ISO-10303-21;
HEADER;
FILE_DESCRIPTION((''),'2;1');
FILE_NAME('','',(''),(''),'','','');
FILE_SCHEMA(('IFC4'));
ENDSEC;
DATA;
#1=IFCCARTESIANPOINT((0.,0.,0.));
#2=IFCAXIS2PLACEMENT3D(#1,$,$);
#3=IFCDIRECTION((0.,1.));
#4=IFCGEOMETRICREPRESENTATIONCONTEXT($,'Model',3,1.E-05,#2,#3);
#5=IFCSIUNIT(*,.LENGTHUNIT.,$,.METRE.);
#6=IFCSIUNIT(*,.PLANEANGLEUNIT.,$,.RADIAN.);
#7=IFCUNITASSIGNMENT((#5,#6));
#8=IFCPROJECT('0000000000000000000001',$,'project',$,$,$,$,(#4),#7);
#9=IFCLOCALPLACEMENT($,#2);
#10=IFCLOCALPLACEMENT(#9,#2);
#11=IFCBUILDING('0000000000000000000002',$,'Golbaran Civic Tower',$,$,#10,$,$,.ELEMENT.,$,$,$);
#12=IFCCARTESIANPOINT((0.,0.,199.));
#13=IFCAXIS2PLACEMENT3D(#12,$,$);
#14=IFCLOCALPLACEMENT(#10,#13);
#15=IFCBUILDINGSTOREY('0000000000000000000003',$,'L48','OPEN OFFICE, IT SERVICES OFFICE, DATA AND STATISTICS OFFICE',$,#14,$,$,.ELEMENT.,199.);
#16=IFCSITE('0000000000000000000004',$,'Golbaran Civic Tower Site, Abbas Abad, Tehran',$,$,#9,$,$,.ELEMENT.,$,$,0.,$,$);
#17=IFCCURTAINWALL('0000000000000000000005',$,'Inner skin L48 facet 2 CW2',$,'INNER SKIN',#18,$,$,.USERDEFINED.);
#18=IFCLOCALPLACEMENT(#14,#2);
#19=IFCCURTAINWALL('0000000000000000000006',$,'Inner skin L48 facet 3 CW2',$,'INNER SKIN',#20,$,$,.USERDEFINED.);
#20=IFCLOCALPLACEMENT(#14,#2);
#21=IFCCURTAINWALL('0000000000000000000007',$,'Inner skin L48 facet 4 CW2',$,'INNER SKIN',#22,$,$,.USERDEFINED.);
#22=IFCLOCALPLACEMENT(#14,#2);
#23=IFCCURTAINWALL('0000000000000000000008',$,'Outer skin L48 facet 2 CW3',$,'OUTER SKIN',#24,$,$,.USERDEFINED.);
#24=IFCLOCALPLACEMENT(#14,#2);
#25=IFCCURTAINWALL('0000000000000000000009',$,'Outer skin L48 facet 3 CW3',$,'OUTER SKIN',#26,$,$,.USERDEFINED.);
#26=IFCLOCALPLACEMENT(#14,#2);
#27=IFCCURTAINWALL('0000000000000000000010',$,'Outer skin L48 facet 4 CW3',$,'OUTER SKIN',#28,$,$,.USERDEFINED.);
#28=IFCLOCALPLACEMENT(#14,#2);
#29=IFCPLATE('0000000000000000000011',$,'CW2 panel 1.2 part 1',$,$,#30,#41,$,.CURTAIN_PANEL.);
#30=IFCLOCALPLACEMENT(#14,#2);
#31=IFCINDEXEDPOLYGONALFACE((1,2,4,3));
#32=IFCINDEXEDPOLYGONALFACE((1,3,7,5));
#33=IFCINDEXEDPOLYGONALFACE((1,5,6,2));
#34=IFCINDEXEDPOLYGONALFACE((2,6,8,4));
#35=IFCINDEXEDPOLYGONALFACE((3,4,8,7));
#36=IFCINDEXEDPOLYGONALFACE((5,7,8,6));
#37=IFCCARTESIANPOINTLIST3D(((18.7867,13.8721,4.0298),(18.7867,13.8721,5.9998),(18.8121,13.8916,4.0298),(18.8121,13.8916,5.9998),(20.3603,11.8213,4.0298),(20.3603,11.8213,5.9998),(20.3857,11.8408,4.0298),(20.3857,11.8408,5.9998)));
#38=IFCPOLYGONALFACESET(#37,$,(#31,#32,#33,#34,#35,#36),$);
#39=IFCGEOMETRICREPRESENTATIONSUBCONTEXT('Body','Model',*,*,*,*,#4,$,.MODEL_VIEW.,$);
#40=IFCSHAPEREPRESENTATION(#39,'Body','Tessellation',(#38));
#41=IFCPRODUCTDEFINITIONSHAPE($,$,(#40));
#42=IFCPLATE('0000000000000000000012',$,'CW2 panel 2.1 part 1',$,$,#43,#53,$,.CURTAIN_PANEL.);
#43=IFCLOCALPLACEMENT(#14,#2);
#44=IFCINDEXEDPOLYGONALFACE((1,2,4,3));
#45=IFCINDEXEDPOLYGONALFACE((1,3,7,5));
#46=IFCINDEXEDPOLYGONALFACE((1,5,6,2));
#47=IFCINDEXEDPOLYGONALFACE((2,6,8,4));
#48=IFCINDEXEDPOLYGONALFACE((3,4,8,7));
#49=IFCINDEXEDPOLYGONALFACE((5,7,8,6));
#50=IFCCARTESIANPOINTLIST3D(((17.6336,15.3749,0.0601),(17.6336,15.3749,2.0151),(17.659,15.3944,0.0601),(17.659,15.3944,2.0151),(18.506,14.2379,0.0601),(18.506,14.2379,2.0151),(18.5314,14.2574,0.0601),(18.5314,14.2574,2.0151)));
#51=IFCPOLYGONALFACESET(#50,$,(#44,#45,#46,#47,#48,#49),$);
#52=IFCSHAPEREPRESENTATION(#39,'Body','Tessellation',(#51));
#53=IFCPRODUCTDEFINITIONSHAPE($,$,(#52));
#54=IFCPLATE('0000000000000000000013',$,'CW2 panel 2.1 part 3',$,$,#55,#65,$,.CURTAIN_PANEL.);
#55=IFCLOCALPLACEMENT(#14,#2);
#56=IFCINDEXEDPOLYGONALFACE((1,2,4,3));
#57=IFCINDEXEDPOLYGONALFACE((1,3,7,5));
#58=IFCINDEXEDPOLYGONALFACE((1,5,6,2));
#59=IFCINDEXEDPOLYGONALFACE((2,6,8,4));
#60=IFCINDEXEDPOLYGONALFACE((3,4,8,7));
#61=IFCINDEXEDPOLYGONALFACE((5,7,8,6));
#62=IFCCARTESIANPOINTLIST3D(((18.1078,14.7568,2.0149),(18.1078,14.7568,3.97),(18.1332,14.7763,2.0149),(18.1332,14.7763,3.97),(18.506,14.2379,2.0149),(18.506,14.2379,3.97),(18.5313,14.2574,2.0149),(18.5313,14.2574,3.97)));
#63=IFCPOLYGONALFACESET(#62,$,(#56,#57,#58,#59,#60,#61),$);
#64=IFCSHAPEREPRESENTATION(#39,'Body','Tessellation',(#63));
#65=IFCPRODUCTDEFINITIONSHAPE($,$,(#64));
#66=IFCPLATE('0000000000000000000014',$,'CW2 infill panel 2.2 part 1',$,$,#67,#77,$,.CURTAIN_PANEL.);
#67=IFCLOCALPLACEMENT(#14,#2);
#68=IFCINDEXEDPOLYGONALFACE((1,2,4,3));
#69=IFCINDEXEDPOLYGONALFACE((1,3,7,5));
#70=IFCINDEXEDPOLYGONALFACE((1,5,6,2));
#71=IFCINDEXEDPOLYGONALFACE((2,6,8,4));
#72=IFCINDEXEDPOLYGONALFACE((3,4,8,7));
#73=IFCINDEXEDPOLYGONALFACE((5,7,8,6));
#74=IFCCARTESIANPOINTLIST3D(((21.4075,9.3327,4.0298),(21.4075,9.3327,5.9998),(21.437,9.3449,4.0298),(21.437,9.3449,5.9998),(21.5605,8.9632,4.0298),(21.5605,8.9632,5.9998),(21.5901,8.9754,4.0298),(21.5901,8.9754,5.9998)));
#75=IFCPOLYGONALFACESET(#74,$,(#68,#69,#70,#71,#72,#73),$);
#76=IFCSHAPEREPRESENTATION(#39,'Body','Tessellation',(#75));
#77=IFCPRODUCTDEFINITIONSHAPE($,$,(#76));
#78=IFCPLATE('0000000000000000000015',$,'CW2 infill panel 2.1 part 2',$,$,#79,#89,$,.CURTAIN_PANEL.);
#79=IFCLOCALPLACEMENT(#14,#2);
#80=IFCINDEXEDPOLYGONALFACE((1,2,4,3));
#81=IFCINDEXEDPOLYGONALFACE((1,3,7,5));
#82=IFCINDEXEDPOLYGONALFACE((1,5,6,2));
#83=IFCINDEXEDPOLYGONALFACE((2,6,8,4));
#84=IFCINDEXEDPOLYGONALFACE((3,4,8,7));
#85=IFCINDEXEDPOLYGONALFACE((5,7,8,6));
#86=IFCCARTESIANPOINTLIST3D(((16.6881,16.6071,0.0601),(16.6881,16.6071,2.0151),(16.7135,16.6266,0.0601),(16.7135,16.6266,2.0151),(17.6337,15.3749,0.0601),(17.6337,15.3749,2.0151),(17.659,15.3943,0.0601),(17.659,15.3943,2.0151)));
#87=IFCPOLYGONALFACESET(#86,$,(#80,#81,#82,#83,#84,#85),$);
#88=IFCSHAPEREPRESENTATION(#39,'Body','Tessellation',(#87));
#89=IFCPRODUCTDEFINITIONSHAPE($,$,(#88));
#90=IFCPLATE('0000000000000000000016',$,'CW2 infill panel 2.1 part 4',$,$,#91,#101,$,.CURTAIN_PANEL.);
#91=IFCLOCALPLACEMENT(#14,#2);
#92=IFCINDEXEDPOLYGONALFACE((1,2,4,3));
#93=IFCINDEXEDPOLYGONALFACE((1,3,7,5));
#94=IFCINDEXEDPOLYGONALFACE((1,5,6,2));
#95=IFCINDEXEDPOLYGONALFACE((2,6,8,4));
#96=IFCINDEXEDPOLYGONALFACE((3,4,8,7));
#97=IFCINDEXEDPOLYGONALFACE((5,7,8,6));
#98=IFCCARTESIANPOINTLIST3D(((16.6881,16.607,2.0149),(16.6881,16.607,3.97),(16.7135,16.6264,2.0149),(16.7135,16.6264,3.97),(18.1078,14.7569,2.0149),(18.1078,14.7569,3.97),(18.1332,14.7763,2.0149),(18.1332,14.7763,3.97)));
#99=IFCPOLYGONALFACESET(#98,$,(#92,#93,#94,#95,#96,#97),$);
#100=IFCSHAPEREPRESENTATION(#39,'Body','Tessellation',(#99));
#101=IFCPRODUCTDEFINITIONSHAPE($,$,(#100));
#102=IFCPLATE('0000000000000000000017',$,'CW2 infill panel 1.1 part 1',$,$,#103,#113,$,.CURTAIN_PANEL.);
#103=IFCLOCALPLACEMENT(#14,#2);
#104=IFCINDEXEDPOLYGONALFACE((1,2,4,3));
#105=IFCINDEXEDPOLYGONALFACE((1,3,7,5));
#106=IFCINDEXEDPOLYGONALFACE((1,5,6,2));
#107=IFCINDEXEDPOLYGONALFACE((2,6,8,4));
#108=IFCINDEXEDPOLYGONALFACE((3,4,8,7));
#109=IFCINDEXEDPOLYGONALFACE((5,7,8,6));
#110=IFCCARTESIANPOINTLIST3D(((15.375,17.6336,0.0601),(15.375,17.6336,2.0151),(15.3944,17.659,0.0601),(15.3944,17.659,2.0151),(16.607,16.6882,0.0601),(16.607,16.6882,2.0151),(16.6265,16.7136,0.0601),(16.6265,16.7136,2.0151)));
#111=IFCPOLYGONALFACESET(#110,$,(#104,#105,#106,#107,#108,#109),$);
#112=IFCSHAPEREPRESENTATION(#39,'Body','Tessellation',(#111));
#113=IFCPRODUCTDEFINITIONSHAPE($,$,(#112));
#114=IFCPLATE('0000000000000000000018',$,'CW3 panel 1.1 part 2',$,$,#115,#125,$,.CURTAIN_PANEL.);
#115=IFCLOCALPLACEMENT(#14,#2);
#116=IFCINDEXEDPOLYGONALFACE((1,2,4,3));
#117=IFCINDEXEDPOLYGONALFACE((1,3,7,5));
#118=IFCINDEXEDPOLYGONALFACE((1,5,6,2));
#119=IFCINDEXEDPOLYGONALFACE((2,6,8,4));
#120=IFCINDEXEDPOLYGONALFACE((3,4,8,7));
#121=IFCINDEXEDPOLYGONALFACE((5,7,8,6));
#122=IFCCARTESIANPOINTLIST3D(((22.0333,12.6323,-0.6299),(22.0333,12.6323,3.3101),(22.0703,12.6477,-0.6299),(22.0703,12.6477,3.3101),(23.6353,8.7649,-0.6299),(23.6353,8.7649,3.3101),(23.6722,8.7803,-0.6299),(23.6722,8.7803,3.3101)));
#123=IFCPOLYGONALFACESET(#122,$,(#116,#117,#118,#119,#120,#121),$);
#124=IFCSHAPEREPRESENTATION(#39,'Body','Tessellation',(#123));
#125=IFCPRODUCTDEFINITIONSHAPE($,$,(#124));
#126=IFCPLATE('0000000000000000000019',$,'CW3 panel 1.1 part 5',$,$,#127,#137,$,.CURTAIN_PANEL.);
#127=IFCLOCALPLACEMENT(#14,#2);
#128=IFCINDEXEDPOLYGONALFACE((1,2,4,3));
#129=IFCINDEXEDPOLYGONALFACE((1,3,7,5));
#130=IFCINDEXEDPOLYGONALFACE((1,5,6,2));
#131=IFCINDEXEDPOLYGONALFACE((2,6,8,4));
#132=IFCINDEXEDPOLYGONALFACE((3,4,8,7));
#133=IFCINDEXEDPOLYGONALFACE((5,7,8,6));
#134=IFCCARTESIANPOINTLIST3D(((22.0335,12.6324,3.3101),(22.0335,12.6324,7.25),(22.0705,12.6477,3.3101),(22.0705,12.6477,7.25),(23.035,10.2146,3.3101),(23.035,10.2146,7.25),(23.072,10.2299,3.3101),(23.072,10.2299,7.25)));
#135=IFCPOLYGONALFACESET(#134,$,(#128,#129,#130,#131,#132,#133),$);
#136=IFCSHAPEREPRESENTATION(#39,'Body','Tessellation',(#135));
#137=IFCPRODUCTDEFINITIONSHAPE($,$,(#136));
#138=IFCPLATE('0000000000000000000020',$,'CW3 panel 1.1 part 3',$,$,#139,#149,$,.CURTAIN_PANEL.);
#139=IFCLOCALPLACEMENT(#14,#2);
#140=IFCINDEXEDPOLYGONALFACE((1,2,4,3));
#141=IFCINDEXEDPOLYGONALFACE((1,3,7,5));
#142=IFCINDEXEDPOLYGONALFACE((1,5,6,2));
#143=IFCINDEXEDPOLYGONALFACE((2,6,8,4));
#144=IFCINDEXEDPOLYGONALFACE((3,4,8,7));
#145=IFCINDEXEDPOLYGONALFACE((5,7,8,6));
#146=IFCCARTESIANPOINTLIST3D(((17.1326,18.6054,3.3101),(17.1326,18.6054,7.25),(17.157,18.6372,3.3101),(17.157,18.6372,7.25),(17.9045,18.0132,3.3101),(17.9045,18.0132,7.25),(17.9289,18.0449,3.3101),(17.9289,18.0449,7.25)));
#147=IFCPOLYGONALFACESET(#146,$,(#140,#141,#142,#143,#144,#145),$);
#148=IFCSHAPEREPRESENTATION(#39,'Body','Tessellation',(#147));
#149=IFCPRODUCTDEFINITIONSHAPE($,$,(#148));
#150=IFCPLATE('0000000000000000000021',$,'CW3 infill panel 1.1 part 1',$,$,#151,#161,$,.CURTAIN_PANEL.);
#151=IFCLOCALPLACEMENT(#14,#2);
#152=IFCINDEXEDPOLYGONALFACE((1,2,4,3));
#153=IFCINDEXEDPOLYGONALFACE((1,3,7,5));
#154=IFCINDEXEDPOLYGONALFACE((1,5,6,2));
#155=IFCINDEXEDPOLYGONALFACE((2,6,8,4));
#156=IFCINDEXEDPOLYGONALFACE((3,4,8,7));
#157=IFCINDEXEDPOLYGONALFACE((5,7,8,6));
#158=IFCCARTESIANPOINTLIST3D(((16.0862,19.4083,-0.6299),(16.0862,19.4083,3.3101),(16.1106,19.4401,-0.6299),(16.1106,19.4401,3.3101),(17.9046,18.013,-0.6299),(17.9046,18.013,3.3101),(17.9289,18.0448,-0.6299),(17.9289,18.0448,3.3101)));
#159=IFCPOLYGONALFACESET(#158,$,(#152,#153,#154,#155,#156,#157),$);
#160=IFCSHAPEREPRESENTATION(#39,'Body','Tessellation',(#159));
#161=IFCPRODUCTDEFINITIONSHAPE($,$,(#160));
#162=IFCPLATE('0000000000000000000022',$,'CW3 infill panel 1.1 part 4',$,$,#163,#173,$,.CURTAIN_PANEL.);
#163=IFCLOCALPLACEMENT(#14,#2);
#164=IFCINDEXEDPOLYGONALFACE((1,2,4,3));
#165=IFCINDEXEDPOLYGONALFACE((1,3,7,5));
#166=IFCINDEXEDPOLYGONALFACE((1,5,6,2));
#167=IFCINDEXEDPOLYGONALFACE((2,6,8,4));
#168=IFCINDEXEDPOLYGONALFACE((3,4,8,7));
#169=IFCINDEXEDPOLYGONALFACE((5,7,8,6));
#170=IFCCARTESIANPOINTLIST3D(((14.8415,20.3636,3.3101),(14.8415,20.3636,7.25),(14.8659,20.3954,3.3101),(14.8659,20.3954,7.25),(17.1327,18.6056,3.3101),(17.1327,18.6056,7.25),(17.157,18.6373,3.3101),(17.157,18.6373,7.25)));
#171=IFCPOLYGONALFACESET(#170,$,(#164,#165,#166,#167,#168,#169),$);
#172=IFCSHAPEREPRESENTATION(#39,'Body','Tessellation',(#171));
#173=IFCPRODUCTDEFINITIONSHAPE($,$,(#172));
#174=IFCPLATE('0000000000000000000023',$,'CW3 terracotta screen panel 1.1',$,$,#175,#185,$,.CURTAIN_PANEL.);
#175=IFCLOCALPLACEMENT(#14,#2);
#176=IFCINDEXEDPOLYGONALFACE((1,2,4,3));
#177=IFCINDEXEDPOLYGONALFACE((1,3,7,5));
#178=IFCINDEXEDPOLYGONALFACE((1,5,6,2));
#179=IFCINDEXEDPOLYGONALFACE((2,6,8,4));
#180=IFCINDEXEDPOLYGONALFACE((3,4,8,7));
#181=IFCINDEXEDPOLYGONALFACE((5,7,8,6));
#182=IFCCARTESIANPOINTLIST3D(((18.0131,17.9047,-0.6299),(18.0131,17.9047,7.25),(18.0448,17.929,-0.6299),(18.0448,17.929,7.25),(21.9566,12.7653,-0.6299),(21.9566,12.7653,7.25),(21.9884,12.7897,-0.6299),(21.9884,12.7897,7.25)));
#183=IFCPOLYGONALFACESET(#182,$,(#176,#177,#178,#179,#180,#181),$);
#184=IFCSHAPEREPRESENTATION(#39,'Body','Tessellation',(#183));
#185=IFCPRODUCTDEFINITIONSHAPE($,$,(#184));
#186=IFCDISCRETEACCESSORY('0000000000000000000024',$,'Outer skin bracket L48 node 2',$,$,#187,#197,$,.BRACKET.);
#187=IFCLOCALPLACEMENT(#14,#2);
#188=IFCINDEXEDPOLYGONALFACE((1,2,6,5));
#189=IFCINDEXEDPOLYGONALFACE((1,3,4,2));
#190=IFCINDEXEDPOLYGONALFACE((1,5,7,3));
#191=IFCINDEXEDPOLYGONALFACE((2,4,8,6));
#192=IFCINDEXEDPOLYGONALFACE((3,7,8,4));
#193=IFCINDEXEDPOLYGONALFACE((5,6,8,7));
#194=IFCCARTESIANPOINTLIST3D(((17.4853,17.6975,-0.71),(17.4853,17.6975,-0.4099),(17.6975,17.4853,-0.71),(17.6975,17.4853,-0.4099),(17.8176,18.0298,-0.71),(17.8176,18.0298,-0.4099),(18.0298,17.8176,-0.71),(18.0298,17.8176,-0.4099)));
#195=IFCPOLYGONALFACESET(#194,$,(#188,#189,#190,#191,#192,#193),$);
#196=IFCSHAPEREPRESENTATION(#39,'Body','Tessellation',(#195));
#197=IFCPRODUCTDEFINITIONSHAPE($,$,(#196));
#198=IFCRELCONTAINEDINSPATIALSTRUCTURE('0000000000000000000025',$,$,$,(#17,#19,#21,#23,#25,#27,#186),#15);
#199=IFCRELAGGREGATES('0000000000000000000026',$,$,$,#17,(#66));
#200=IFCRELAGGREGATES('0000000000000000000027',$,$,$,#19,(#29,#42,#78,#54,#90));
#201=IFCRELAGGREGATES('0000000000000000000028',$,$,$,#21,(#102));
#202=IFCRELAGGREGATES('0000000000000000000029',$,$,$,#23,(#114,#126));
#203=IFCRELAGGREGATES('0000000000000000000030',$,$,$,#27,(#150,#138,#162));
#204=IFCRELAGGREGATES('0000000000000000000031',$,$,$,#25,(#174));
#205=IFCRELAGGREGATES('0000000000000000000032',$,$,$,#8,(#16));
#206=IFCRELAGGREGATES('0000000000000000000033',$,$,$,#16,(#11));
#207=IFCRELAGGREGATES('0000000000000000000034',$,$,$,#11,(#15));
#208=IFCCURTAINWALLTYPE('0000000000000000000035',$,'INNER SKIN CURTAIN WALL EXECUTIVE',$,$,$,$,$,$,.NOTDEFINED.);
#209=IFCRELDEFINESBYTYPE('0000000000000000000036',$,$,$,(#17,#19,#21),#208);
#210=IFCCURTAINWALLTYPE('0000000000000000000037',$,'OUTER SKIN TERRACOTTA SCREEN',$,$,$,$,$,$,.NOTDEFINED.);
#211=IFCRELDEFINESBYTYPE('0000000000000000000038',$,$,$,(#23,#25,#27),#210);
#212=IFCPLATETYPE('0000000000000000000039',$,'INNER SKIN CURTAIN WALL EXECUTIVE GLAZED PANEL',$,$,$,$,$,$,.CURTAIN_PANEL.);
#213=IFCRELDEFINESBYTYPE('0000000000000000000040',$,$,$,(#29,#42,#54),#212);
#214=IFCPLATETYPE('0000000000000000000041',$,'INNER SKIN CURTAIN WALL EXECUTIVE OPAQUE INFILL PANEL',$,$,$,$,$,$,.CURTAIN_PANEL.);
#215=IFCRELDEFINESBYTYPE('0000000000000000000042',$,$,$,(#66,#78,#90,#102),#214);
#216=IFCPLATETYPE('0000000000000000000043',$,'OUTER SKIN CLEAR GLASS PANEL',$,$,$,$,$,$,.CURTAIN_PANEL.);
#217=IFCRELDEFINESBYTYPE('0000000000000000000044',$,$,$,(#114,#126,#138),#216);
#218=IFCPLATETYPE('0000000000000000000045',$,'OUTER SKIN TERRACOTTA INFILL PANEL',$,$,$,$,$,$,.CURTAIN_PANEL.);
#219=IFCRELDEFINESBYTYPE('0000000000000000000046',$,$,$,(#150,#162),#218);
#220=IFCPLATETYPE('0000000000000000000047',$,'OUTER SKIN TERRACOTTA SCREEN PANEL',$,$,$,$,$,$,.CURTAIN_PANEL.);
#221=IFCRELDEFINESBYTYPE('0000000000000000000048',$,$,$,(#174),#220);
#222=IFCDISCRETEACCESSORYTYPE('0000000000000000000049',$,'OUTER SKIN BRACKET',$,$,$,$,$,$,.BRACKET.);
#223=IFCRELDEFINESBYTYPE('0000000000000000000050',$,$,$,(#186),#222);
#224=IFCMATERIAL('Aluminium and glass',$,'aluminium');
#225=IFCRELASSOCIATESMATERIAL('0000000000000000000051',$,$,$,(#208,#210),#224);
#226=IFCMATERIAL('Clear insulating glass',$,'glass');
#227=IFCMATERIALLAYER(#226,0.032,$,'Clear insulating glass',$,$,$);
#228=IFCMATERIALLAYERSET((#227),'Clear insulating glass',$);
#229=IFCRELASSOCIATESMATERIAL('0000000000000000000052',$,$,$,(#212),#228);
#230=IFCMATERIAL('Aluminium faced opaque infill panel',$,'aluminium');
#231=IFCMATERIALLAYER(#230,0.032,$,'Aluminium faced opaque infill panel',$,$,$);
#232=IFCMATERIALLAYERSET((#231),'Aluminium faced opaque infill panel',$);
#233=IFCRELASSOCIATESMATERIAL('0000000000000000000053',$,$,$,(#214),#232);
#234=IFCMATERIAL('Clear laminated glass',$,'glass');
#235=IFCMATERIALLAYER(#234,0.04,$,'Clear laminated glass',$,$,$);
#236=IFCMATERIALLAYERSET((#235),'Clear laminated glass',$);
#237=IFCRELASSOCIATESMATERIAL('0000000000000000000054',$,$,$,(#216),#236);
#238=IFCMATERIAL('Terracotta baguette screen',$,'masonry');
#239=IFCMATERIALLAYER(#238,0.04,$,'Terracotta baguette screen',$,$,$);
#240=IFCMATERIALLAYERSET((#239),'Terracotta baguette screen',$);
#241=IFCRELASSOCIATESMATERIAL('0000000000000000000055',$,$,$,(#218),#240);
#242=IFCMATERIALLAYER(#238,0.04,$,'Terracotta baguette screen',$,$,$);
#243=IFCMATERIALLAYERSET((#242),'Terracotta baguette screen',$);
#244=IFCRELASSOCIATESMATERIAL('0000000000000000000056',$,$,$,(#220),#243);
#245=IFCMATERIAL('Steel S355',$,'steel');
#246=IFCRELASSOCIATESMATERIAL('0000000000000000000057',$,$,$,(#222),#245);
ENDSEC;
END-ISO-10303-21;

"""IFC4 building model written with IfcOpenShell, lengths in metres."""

from ifc_helpers import new_model, si_unit, direction, frame, origin, origin_2d, place, context, subcontext, project, spatial, rectangle, extrude, material, layer, layer_set, type_object, element, aggregate, save


model = new_model("IFC4")

# Units and contexts
model_context = context("Model", 3, precision=1e-05, world=origin(), true_north=direction((0.0, 1.0)))
body_context = subcontext(model_context, "Body", "Model", "MODEL_VIEW")
ifc_project = project(units=[si_unit("LENGTHUNIT", "METRE"), si_unit("PLANEANGLEUNIT", "RADIAN")], contexts=[model_context])

# Site, building, storey
site_placement = place(None, origin())
site = spatial("IfcSite", under=ifc_project, at=site_placement, Name="Golbaran Civic Tower Site, Abbas Abad, Tehran", CompositionType="ELEMENT", RefElevation=0.0)
building_placement = place(site_placement, origin())
building = spatial("IfcBuilding", under=site, at=building_placement, Name="Golbaran Civic Tower", CompositionType="ELEMENT")
storey_placement = place(building_placement, frame((0.0, 0.0, 199.0)))
storey = spatial("IfcBuildingStorey", under=building, at=storey_placement, Name="L48", Description="OPEN OFFICE, IT SERVICES OFFICE, DATA AND STATISTICS OFFICE", CompositionType="ELEMENT", Elevation=199.0)

# Shared definitions
ifc_material_1 = material(Name="Steel S355", Category="steel")

# Curtain wall
ifc_material_2 = material(Name="Aluminium and glass", Category="aluminium")
curtain_wall_type_1 = type_object("IfcCurtainWallType", Name="INNER SKIN CURTAIN WALL EXECUTIVE", PredefinedType="NOTDEFINED", material=ifc_material_2)
curtain_wall_1_placement = place(storey_placement, origin())
curtain_wall_1 = element("IfcCurtainWall", 1, at=curtain_wall_1_placement, inside=storey, type_object=curtain_wall_type_1, Name="Inner skin L48 facet 2 CW2", ObjectType="INNER SKIN", PredefinedType="USERDEFINED")

# Curtain wall
curtain_wall_2_placement = place(storey_placement, origin())
curtain_wall_2 = element("IfcCurtainWall", 2, at=curtain_wall_2_placement, inside=storey, type_object=curtain_wall_type_1, Name="Inner skin L48 facet 3 CW2", ObjectType="INNER SKIN", PredefinedType="USERDEFINED")

# Curtain wall
curtain_wall_3_placement = place(storey_placement, origin())
curtain_wall_3 = element("IfcCurtainWall", 3, at=curtain_wall_3_placement, inside=storey, type_object=curtain_wall_type_1, Name="Inner skin L48 facet 4 CW2", ObjectType="INNER SKIN", PredefinedType="USERDEFINED")

# Curtain wall
curtain_wall_type_2 = type_object("IfcCurtainWallType", Name="OUTER SKIN TERRACOTTA SCREEN", PredefinedType="NOTDEFINED", material=ifc_material_2)
curtain_wall_4_placement = place(storey_placement, origin())
curtain_wall_4 = element("IfcCurtainWall", 4, at=curtain_wall_4_placement, inside=storey, type_object=curtain_wall_type_2, Name="Outer skin L48 facet 2 CW3", ObjectType="OUTER SKIN", PredefinedType="USERDEFINED")

# Curtain wall
curtain_wall_5_placement = place(storey_placement, origin())
curtain_wall_5 = element("IfcCurtainWall", 5, at=curtain_wall_5_placement, inside=storey, type_object=curtain_wall_type_2, Name="Outer skin L48 facet 3 CW3", ObjectType="OUTER SKIN", PredefinedType="USERDEFINED")

# Curtain wall
curtain_wall_6_placement = place(storey_placement, origin())
curtain_wall_6 = element("IfcCurtainWall", 6, at=curtain_wall_6_placement, inside=storey, type_object=curtain_wall_type_2, Name="Outer skin L48 facet 4 CW3", ObjectType="OUTER SKIN", PredefinedType="USERDEFINED")

# Plates
ifc_material_3 = material(Name="Clear insulating glass", Category="glass")
ifc_layer_1 = layer(ifc_material_3, 0.032, Name="Clear insulating glass")
ifc_layer_set_1 = layer_set([ifc_layer_1], Name="Clear insulating glass")
plate_type_1 = type_object("IfcPlateType", Name="INNER SKIN CURTAIN WALL EXECUTIVE GLAZED PANEL", PredefinedType="CURTAIN_PANEL", material=ifc_layer_set_1)
plate_1_placement = place(storey_placement, frame((19.5862, 12.8564, 4.0298), z_axis=(0.0, 0.0, 1.0), x_axis=(-0.608761, 0.793353, 0.0)))
plate_1 = element("IfcPlate", 7, at=plate_1_placement, type_object=plate_type_1, Name="CW2 panel 1.2 part 1", PredefinedType="CURTAIN_PANEL", context=body_context, shape_type="SweptSolid", body=[
    extrude(rectangle(XDim=2.585, YDim=0.032, at=origin_2d()), origin(), (0.0, 0.0, 1.0), 1.97),
])
plate_2_placement = place(storey_placement, frame((18.0825, 14.8162, 0.0601), z_axis=(0.0, 0.0, 1.0), x_axis=(-0.608761, 0.793353, 0.0)))
plate_2 = element("IfcPlate", 8, at=plate_2_placement, type_object=plate_type_1, Name="CW2 panel 2.1 part 1", PredefinedType="CURTAIN_PANEL", context=body_context, shape_type="SweptSolid", body=[
    extrude(rectangle(XDim=1.4331, YDim=0.032, at=origin_2d()), origin(), (0.0, 0.0, 1.0), 1.9551),
])
plate_3_placement = place(storey_placement, frame((18.3196, 14.5071, 2.0149), z_axis=(0.0, 0.0, 1.0), x_axis=(-0.608761, 0.793353, 0.0)))
plate_3 = element("IfcPlate", 9, at=plate_3_placement, type_object=plate_type_1, Name="CW2 panel 2.1 part 3", PredefinedType="CURTAIN_PANEL", context=body_context, shape_type="SweptSolid", body=[
    extrude(rectangle(XDim=0.6541, YDim=0.032, at=origin_2d()), origin(), (0.0, 0.0, 1.0), 1.9551),
])
ifc_material_4 = material(Name="Aluminium faced opaque infill panel", Category="aluminium")
ifc_layer_2 = layer(ifc_material_4, 0.032, Name="Aluminium faced opaque infill panel")
ifc_layer_set_2 = layer_set([ifc_layer_2], Name="Aluminium faced opaque infill panel")
plate_type_2 = type_object("IfcPlateType", Name="INNER SKIN CURTAIN WALL EXECUTIVE OPAQUE INFILL PANEL", PredefinedType="CURTAIN_PANEL", material=ifc_layer_set_2)
plate_4_placement = place(storey_placement, frame((21.4988, 9.1541, 4.0298), z_axis=(0.0, 0.0, 1.0), x_axis=(-0.382683, 0.92388, 0.0)))
plate_4 = element("IfcPlate", 10, at=plate_4_placement, type_object=plate_type_2, Name="CW2 infill panel 2.2 part 1", PredefinedType="CURTAIN_PANEL", context=body_context, shape_type="SweptSolid", body=[
    extrude(rectangle(XDim=0.3999, YDim=0.032, at=origin_2d()), origin(), (0.0, 0.0, 1.0), 1.97),
])
aggregate(curtain_wall_1, [plate_4])
plate_5_placement = place(storey_placement, frame((17.1736, 16.0007, 0.0601), z_axis=(0.0, 0.0, 1.0), x_axis=(-0.608761, 0.793353, 0.0)))
plate_5 = element("IfcPlate", 11, at=plate_5_placement, type_object=plate_type_2, Name="CW2 infill panel 2.1 part 2", PredefinedType="CURTAIN_PANEL", context=body_context, shape_type="SweptSolid", body=[
    extrude(rectangle(XDim=1.5532, YDim=0.032, at=origin_2d()), origin(), (0.0, 0.0, 1.0), 1.9551),
])
plate_6_placement = place(storey_placement, frame((17.4106, 15.6917, 2.0149), z_axis=(0.0, 0.0, 1.0), x_axis=(-0.608761, 0.793353, 0.0)))
plate_6 = element("IfcPlate", 12, at=plate_6_placement, type_object=plate_type_2, Name="CW2 infill panel 2.1 part 4", PredefinedType="CURTAIN_PANEL", context=body_context, shape_type="SweptSolid", body=[
    extrude(rectangle(XDim=2.332, YDim=0.032, at=origin_2d()), origin(), (0.0, 0.0, 1.0), 1.9551),
])
aggregate(curtain_wall_2, [plate_1, plate_2, plate_5, plate_3, plate_6])
plate_7_placement = place(storey_placement, frame((16.0007, 17.1736, 0.0601), z_axis=(0.0, 0.0, 1.0), x_axis=(-0.793353, 0.608761, 0.0)))
plate_7 = element("IfcPlate", 13, at=plate_7_placement, type_object=plate_type_2, Name="CW2 infill panel 1.1 part 1", PredefinedType="CURTAIN_PANEL", context=body_context, shape_type="SweptSolid", body=[
    extrude(rectangle(XDim=1.553, YDim=0.032, at=origin_2d()), origin(), (0.0, 0.0, 1.0), 1.9551),
])
aggregate(curtain_wall_3, [plate_7])
ifc_material_5 = material(Name="Clear laminated glass", Category="glass")
ifc_layer_3 = layer(ifc_material_5, 0.04, Name="Clear laminated glass")
ifc_layer_set_3 = layer_set([ifc_layer_3], Name="Clear laminated glass")
plate_type_3 = type_object("IfcPlateType", Name="OUTER SKIN CLEAR GLASS PANEL", PredefinedType="CURTAIN_PANEL", material=ifc_layer_set_3)
plate_8_placement = place(storey_placement, frame((22.8528, 10.7063, -0.6299), z_axis=(0.0, 0.0, 1.0), x_axis=(-0.382683, 0.92388, 0.0)))
plate_8 = element("IfcPlate", 14, at=plate_8_placement, type_object=plate_type_3, Name="CW3 panel 1.1 part 2", PredefinedType="CURTAIN_PANEL", context=body_context, shape_type="SweptSolid", body=[
    extrude(rectangle(XDim=4.186, YDim=0.04, at=origin_2d()), origin(), (0.0, 0.0, 1.0), 3.9399),
])
plate_9_placement = place(storey_placement, frame((22.5527, 11.4312, 3.3101), z_axis=(0.0, 0.0, 1.0), x_axis=(-0.382683, 0.92388, 0.0)))
plate_9 = element("IfcPlate", 15, at=plate_9_placement, type_object=plate_type_3, Name="CW3 panel 1.1 part 5", PredefinedType="CURTAIN_PANEL", context=body_context, shape_type="SweptSolid", body=[
    extrude(rectangle(XDim=2.6169, YDim=0.04, at=origin_2d()), origin(), (0.0, 0.0, 1.0), 3.9399),
])
aggregate(curtain_wall_4, [plate_8, plate_9])
plate_10_placement = place(storey_placement, frame((17.5308, 18.3252, 3.3101), z_axis=(0.0, 0.0, 1.0), x_axis=(-0.793353, 0.608761, 0.0)))
plate_10 = element("IfcPlate", 16, at=plate_10_placement, type_object=plate_type_3, Name="CW3 panel 1.1 part 3", PredefinedType="CURTAIN_PANEL", context=body_context, shape_type="SweptSolid", body=[
    extrude(rectangle(XDim=0.9729, YDim=0.04, at=origin_2d()), origin(), (0.0, 0.0, 1.0), 3.9399),
])
ifc_material_6 = material(Name="Terracotta baguette screen", Category="masonry")
ifc_layer_4 = layer(ifc_material_6, 0.04, Name="Terracotta baguette screen")
ifc_layer_set_4 = layer_set([ifc_layer_4], Name="Terracotta baguette screen")
plate_type_4 = type_object("IfcPlateType", Name="OUTER SKIN TERRACOTTA INFILL PANEL", PredefinedType="CURTAIN_PANEL", material=ifc_layer_set_4)
plate_11_placement = place(storey_placement, frame((17.0076, 18.7266, -0.6299), z_axis=(0.0, 0.0, 1.0), x_axis=(-0.793353, 0.608761, 0.0)))
plate_11 = element("IfcPlate", 17, at=plate_11_placement, type_object=plate_type_4, Name="CW3 infill panel 1.1 part 1", PredefinedType="CURTAIN_PANEL", context=body_context, shape_type="SweptSolid", body=[
    extrude(rectangle(XDim=2.292, YDim=0.04, at=origin_2d()), origin(), (0.0, 0.0, 1.0), 3.9399),
])
plate_12_placement = place(storey_placement, frame((15.9993, 19.5005, 3.3101), z_axis=(0.0, 0.0, 1.0), x_axis=(-0.793353, 0.608761, 0.0)))
plate_12 = element("IfcPlate", 18, at=plate_12_placement, type_object=plate_type_4, Name="CW3 infill panel 1.1 part 4", PredefinedType="CURTAIN_PANEL", context=body_context, shape_type="SweptSolid", body=[
    extrude(rectangle(XDim=2.8879, YDim=0.04, at=origin_2d()), origin(), (0.0, 0.0, 1.0), 3.9399),
])
aggregate(curtain_wall_6, [plate_11, plate_10, plate_12])
ifc_layer_5 = layer(ifc_material_6, 0.04, Name="Terracotta baguette screen")
ifc_layer_set_5 = layer_set([ifc_layer_5], Name="Terracotta baguette screen")
plate_type_5 = type_object("IfcPlateType", Name="OUTER SKIN TERRACOTTA SCREEN PANEL", PredefinedType="CURTAIN_PANEL", material=ifc_layer_set_5)
plate_13_placement = place(storey_placement, frame((20.0007, 15.3472, -0.6299), z_axis=(0.0, 0.0, 1.0), x_axis=(-0.608761, 0.793353, 0.0)))
plate_13 = element("IfcPlate", 19, at=plate_13_placement, type_object=plate_type_5, Name="CW3 terracotta screen panel 1.1", PredefinedType="CURTAIN_PANEL", context=body_context, shape_type="SweptSolid", body=[
    extrude(rectangle(XDim=6.478, YDim=0.04, at=origin_2d()), origin(), (0.0, 0.0, 1.0), 7.8799),
])
aggregate(curtain_wall_5, [plate_13])

# Discrete accessory
discrete_accessory_type = type_object("IfcDiscreteAccessoryType", Name="OUTER SKIN BRACKET", PredefinedType="BRACKET", material=ifc_material_1)
discrete_accessory_placement = place(storey_placement, frame((17.7576, 17.7576, -0.71), z_axis=(0.0, 0.0, 1.0), x_axis=(0.707107, 0.707107, 0.0)))
element("IfcDiscreteAccessory", 20, at=discrete_accessory_placement, inside=storey, type_object=discrete_accessory_type, Name="Outer skin bracket L48 node 2", PredefinedType="BRACKET", context=body_context, shape_type="SweptSolid", body=[
    extrude(rectangle(XDim=0.47, YDim=0.3, at=origin_2d()), origin(), (0.0, 0.0, 1.0), 0.3),
])

save(model, "model.ifc")
